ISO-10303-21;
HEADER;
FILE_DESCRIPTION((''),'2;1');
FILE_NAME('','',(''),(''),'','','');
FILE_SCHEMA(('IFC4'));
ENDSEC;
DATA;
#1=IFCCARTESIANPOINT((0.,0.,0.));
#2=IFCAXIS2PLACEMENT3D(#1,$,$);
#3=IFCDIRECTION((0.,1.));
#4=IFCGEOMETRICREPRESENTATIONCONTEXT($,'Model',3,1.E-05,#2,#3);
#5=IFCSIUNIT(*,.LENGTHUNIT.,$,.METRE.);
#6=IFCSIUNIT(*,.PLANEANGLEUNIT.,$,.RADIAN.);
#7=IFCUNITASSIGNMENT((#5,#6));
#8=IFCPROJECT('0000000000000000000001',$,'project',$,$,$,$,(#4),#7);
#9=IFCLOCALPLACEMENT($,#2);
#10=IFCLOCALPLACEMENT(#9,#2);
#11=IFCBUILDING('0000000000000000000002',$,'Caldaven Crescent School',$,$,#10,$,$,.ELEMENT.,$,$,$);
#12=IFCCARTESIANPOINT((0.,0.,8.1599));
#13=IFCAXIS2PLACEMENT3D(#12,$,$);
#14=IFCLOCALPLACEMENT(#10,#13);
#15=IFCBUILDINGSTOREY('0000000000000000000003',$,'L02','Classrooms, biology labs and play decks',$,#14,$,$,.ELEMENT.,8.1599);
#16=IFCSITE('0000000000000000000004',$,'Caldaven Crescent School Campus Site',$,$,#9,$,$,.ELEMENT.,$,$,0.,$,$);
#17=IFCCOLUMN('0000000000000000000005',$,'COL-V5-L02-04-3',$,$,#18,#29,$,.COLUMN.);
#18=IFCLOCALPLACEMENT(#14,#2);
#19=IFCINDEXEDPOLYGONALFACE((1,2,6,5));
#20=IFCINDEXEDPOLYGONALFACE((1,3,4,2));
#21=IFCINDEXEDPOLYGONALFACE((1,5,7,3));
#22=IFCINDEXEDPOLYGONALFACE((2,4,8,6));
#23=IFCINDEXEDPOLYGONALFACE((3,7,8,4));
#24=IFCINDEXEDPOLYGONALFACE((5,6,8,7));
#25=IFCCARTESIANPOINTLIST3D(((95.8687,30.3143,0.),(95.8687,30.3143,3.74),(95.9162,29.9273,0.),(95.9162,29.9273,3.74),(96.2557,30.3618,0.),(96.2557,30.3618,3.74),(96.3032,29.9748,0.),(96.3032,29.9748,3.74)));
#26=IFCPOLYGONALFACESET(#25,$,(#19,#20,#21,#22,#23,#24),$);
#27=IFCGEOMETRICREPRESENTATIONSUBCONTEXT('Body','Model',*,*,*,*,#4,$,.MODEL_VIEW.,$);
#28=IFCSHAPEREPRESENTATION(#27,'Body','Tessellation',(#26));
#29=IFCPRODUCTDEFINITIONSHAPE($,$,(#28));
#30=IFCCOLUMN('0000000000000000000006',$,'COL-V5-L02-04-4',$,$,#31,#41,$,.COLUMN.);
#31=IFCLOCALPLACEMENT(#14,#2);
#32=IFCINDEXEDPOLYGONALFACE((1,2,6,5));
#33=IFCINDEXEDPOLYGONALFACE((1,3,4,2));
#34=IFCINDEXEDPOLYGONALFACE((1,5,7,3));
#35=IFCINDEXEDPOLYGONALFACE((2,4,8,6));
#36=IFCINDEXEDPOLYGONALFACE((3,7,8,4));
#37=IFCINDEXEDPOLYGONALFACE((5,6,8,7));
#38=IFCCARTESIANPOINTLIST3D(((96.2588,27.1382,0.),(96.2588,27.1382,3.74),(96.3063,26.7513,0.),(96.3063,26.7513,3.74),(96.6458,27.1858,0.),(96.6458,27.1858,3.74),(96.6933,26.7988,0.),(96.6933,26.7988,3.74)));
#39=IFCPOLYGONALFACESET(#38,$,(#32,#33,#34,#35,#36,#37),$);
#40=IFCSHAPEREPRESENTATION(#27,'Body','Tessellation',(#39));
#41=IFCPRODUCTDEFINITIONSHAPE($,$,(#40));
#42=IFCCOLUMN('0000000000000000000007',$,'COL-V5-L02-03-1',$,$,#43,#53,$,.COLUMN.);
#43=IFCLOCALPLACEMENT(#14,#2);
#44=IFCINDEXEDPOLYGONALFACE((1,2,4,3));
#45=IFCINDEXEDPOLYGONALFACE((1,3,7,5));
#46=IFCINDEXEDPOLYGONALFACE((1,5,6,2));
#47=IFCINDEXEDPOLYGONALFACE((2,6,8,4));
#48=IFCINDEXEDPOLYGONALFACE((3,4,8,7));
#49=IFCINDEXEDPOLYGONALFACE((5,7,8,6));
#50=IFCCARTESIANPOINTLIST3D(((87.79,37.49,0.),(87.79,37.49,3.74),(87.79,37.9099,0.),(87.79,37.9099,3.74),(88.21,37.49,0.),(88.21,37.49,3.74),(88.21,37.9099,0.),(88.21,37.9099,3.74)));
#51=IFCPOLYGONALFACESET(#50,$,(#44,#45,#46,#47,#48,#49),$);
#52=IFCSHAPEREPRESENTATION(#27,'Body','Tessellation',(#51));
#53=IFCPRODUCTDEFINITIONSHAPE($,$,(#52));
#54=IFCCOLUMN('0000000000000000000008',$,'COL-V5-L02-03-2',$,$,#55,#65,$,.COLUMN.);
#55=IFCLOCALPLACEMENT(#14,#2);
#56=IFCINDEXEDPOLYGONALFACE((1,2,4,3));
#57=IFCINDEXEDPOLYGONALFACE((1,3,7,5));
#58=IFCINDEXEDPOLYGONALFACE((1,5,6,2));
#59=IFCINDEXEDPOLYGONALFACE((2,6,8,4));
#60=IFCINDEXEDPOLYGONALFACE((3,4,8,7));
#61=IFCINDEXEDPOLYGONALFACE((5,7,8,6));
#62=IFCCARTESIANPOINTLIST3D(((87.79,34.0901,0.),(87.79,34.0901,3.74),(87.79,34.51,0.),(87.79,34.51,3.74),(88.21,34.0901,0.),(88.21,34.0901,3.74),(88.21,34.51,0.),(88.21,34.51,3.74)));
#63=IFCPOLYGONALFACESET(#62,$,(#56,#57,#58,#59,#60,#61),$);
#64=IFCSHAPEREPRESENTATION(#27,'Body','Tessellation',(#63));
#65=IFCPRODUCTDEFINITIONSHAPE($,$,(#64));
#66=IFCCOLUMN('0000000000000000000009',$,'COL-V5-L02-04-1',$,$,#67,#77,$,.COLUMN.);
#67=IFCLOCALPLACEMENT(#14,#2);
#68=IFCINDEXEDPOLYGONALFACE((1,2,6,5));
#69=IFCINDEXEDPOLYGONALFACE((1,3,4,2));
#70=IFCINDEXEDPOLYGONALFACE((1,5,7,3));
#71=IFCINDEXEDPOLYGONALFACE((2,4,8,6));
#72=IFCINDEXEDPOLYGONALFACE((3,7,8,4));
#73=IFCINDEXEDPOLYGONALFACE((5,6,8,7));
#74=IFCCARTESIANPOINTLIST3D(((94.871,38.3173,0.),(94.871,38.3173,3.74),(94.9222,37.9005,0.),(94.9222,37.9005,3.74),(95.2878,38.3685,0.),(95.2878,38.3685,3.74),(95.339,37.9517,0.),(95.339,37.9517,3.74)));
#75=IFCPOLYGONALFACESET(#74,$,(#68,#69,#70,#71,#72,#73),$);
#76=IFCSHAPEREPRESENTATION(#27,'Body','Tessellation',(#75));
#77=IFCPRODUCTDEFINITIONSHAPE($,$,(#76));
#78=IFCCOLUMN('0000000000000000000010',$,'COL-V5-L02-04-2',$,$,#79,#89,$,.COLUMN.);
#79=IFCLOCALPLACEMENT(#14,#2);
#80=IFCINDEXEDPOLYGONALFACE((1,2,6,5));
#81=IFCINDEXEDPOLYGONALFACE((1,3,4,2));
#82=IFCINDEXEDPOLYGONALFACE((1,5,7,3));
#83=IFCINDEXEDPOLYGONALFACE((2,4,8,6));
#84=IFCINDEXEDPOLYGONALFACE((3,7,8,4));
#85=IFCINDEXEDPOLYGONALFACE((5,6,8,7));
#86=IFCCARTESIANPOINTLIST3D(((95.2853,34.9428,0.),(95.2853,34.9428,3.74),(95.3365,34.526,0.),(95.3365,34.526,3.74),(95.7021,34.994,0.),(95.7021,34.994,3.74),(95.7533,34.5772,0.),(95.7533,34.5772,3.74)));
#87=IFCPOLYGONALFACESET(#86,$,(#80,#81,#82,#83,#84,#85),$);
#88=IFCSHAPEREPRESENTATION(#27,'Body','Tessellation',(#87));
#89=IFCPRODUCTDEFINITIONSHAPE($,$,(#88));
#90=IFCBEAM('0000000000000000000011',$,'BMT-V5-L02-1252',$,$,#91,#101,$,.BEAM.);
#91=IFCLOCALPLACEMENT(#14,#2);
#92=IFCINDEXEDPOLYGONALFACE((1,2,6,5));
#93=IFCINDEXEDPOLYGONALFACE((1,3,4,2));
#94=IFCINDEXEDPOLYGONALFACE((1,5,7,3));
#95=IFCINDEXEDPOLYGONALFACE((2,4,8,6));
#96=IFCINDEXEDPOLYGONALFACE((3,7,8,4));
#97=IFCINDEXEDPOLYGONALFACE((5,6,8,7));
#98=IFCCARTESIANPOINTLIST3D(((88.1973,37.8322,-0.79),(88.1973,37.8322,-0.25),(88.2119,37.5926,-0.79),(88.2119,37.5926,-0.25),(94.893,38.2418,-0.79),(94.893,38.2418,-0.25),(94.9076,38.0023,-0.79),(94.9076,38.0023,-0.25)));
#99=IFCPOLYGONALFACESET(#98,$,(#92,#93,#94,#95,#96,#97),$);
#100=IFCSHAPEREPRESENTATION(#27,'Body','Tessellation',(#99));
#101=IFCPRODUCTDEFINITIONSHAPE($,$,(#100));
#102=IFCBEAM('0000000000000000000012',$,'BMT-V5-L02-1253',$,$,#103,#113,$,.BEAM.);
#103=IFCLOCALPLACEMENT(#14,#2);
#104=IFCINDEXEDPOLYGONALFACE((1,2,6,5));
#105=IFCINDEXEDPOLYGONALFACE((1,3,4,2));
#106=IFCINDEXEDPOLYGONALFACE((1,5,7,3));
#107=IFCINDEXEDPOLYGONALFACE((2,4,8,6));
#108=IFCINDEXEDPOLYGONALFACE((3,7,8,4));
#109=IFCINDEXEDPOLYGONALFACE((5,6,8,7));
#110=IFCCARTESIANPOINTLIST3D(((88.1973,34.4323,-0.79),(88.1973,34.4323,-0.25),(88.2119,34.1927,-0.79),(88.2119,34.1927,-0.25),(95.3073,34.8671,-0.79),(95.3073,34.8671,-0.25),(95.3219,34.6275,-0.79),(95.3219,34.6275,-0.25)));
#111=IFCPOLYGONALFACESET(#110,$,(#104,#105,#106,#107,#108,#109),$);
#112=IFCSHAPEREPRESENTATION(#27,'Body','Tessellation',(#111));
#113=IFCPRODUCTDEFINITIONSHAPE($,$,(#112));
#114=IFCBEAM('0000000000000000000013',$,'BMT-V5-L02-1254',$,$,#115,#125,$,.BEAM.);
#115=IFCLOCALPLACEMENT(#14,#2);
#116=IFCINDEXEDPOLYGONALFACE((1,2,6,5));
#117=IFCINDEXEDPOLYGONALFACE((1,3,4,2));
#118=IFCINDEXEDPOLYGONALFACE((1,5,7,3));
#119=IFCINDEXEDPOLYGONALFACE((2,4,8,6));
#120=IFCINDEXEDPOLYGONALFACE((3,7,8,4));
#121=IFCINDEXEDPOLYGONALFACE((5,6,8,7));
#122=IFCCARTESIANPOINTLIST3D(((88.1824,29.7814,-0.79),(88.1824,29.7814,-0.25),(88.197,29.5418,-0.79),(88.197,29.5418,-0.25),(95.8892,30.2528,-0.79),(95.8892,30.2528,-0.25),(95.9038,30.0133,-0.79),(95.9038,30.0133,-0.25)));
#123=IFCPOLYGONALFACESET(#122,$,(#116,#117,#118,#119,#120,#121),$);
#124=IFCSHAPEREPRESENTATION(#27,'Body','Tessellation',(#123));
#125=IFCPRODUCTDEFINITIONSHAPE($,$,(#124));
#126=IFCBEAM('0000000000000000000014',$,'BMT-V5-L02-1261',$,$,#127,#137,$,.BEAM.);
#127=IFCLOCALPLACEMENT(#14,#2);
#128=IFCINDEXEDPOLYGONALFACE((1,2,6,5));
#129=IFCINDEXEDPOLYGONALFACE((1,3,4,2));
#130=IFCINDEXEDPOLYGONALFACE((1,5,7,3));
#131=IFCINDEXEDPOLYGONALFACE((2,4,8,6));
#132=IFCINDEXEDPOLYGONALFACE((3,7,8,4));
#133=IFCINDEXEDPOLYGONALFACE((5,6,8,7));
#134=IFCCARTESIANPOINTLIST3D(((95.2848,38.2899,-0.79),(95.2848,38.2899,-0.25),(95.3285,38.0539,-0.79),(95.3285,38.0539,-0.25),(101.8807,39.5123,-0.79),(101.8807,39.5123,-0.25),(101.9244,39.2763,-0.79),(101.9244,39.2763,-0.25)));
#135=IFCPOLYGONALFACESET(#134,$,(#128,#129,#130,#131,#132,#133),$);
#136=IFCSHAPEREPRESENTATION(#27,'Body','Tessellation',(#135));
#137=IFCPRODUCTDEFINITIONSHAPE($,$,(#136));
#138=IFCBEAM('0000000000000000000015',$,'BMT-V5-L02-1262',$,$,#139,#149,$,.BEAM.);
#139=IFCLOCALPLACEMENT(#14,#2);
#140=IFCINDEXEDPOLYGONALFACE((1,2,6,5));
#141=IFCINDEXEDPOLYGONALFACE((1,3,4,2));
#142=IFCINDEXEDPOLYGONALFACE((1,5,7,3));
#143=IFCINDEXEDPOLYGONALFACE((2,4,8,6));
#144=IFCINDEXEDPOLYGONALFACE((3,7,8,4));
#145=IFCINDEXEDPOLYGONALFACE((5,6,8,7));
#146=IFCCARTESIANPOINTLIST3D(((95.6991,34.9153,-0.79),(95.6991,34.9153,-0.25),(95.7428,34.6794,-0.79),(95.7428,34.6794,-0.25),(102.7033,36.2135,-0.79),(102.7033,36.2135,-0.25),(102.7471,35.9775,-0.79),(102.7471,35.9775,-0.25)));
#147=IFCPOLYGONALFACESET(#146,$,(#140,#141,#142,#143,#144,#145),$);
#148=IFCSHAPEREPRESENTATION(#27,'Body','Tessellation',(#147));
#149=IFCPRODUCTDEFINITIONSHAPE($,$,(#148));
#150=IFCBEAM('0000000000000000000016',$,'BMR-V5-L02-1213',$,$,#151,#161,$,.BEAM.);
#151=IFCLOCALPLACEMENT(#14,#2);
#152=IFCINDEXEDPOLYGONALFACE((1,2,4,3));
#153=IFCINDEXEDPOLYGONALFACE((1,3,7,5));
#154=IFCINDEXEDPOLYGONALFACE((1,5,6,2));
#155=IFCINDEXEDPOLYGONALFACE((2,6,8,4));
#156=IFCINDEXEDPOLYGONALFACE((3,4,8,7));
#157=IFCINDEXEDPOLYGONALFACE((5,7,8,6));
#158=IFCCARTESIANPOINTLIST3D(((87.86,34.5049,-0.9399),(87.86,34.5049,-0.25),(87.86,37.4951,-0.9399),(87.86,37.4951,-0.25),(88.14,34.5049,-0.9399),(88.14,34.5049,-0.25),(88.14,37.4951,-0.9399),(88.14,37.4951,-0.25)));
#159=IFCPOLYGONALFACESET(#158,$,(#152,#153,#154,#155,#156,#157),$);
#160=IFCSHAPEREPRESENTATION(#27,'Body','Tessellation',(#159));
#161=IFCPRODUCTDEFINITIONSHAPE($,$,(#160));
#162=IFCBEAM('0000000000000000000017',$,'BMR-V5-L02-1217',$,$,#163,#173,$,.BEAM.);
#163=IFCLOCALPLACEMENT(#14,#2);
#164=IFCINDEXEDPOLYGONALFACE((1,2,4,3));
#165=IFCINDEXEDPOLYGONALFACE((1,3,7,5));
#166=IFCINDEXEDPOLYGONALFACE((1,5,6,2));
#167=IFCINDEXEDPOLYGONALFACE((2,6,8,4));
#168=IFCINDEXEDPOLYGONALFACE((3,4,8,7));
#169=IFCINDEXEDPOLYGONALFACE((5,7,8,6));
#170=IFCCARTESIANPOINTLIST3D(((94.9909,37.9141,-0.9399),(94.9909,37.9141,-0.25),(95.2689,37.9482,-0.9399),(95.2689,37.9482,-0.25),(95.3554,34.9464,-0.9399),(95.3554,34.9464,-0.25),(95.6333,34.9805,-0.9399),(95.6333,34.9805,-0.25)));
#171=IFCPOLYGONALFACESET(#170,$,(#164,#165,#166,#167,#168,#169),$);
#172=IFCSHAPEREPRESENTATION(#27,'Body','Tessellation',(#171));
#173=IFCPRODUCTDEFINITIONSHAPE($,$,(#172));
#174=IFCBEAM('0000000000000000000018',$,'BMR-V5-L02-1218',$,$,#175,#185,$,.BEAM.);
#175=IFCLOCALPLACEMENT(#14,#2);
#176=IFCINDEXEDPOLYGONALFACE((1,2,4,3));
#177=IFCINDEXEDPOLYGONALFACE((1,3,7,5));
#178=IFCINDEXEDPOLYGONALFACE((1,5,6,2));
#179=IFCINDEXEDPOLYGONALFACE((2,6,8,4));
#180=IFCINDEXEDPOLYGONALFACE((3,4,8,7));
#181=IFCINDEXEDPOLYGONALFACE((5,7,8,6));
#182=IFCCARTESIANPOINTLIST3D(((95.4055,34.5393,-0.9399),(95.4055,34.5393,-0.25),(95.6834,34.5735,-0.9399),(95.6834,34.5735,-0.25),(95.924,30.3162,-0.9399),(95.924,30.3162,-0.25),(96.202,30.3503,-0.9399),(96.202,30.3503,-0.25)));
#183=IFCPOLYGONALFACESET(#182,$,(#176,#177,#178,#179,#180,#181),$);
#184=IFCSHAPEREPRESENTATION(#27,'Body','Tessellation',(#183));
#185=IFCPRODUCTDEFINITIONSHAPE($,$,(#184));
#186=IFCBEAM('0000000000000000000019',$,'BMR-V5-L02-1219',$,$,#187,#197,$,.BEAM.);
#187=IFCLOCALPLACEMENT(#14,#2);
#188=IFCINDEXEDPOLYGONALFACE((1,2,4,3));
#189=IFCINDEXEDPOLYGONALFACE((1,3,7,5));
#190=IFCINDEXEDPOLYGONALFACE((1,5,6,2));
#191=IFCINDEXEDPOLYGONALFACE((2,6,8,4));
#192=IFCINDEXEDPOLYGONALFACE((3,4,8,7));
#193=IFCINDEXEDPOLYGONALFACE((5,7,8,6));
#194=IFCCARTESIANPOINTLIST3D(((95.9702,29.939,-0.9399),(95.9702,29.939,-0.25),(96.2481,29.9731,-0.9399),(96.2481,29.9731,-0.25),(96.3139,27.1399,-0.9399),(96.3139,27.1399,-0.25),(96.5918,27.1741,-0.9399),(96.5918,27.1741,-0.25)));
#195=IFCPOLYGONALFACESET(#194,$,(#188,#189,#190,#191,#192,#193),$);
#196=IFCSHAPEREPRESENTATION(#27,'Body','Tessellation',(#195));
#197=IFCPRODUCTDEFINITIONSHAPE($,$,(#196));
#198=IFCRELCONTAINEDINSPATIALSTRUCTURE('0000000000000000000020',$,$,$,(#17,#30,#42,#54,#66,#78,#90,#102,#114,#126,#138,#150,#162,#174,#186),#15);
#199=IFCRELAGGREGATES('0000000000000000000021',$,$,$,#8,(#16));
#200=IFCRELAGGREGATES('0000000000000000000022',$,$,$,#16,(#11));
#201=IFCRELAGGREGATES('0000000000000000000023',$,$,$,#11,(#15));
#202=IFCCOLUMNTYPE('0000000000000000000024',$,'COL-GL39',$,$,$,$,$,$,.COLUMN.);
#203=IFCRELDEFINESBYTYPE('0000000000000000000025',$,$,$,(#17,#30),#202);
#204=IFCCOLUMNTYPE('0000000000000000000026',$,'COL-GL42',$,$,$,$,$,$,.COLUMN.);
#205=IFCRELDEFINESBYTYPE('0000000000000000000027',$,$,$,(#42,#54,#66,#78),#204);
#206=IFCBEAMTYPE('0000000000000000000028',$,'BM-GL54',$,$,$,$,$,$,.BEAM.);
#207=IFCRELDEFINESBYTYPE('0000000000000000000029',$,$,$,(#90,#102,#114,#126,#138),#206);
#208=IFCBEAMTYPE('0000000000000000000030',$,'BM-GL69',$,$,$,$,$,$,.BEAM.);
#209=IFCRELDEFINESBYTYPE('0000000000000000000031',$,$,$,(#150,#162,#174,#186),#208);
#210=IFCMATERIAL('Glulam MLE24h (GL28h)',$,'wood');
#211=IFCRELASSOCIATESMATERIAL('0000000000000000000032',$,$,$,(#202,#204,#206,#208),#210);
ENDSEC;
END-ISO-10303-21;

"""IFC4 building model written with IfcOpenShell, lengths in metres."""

from ifc_helpers import new_model, si_unit, direction, frame, origin, origin_2d, place, context, subcontext, project, spatial, rectangle, extrude, material, material_profile, profile_set, type_object, element, save


model = new_model("IFC4")

# Units and contexts
model_context = context("Model", 3, precision=1e-05, world=origin(), true_north=direction((0.0, 1.0)))
body_context = subcontext(model_context, "Body", "Model", "MODEL_VIEW")
ifc_project = project(units=[si_unit("LENGTHUNIT", "METRE"), si_unit("PLANEANGLEUNIT", "RADIAN")], contexts=[model_context])

# Site, building, storey
site_placement = place(None, origin())
site = spatial("IfcSite", under=ifc_project, at=site_placement, Name="Caldaven Crescent School Campus Site", CompositionType="ELEMENT", RefElevation=0.0)
building_placement = place(site_placement, origin())
building = spatial("IfcBuilding", under=site, at=building_placement, Name="Caldaven Crescent School", CompositionType="ELEMENT")
storey_placement = place(building_placement, frame((0.0, 0.0, 8.1599)))
storey = spatial("IfcBuildingStorey", under=building, at=storey_placement, Name="L02", Description="Classrooms, biology labs and play decks", CompositionType="ELEMENT", Elevation=8.1599)

# Columns
ifc_material_1 = material(Name="Glulam MLE24h (GL28h)", Category="wood")
ifc_material_profile_1 = material_profile(ifc_material_1, rectangle(XDim=0.3899, YDim=0.3899, at=origin_2d()), Name="MLE 390x390")
ifc_profile_set_1 = profile_set([ifc_material_profile_1], Name="Glulam MLE24h (GL28h)")
column_type_1 = type_object("IfcColumnType", Name="COL-GL39", PredefinedType="COLUMN", material=ifc_profile_set_1)
for number, where, z_axis, x_axis, name in (
    (1, (96.0859, 30.1445, 0.0), (0.0, 0.0, 1.0), (0.121869, -0.992546, 0.0), "COL-V5-L02-04-3"),
    (2, (96.4761, 26.9685, 0.0), (0.0, 0.0, 1.0), (0.121869, -0.992546, 0.0), "COL-V5-L02-04-4"),
):
    element("IfcColumn", number, at=place(storey_placement, frame(where, z_axis=z_axis, x_axis=x_axis)), inside=storey, type_object=column_type_1, Name=name, PredefinedType="COLUMN", context=body_context, shape_type="SweptSolid", body=[
        extrude(rectangle(XDim=0.3899, YDim=0.3899, at=origin_2d()), origin(), (0.0, 0.0, 1.0), 3.74),
    ])
ifc_material_profile_2 = material_profile(ifc_material_1, rectangle(XDim=0.4199, YDim=0.4199, at=origin_2d()), Name="MLE 420x420")
ifc_profile_set_2 = profile_set([ifc_material_profile_2], Name="Glulam MLE24h (GL28h)")
column_type_2 = type_object("IfcColumnType", Name="COL-GL42", PredefinedType="COLUMN", material=ifc_profile_set_2)
for number, where, z_axis, x_axis, name in (
    (3, (88.0, 37.7, 0.0), (0.0, 0.0, 1.0), (0.0, -1.0, 0.0), "COL-V5-L02-03-1"),
    (4, (88.0, 34.3, 0.0), (0.0, 0.0, 1.0), (0.0, -1.0, 0.0), "COL-V5-L02-03-2"),
    (5, (95.105, 38.1345, 0.0), (0.0, 0.0, 1.0), (0.121869, -0.992546, 0.0), "COL-V5-L02-04-1"),
    (6, (95.5193, 34.76, 0.0), (0.0, 0.0, 1.0), (0.121869, -0.992546, 0.0), "COL-V5-L02-04-2"),
):
    element("IfcColumn", number, at=place(storey_placement, frame(where, z_axis=z_axis, x_axis=x_axis)), inside=storey, type_object=column_type_2, Name=name, PredefinedType="COLUMN", context=body_context, shape_type="SweptSolid", body=[
        extrude(rectangle(XDim=0.4199, YDim=0.4199, at=origin_2d()), origin(), (0.0, 0.0, 1.0), 3.74),
    ])

# Beams
ifc_material_profile_3 = material_profile(ifc_material_1, rectangle(XDim=0.24, YDim=0.54, at=origin_2d()), Name="MLE 240x540")
ifc_profile_set_3 = profile_set([ifc_material_profile_3], Name="Glulam MLE24h (GL28h)")
beam_type_1 = type_object("IfcBeamType", Name="BM-GL54", PredefinedType="BEAM", material=ifc_profile_set_3)
beam_1_placement = place(storey_placement, frame((88.2046, 37.7124, -0.52), z_axis=(0.998134, 0.061069, 0.0), x_axis=(-0.061069, 0.998134, 0.0)))
element("IfcBeam", 7, at=beam_1_placement, inside=storey, type_object=beam_type_1, Name="BMT-V5-L02-1252", PredefinedType="BEAM", context=body_context, shape_type="SweptSolid", body=[
    extrude(rectangle(XDim=0.24, YDim=0.54, at=origin_2d()), origin(), (0.0, 0.0, 1.0), 6.7083),
])
beam_2_placement = place(storey_placement, frame((88.2046, 34.3125, -0.52), z_axis=(0.998135, 0.06104, 0.0), x_axis=(-0.06104, 0.998135, 0.0)))
element("IfcBeam", 8, at=beam_2_placement, inside=storey, type_object=beam_type_1, Name="BMT-V5-L02-1253", PredefinedType="BEAM", context=body_context, shape_type="SweptSolid", body=[
    extrude(rectangle(XDim=0.24, YDim=0.54, at=origin_2d()), origin(), (0.0, 0.0, 1.0), 7.1233),
])
beam_3_placement = place(storey_placement, frame((88.1897, 29.6616, -0.52), z_axis=(0.998134, 0.061057, 0.0), x_axis=(-0.061057, 0.998134, 0.0)))
element("IfcBeam", 9, at=beam_3_placement, inside=storey, type_object=beam_type_1, Name="BMT-V5-L02-1254", PredefinedType="BEAM", context=body_context, shape_type="SweptSolid", body=[
    extrude(rectangle(XDim=0.24, YDim=0.54, at=origin_2d()), origin(), (0.0, 0.0, 1.0), 7.7212),
])
beam_4_placement = place(storey_placement, frame((95.3066, 38.1719, -0.52), z_axis=(0.983257, 0.182225, 0.0), x_axis=(-0.182225, 0.983257, 0.0)))
element("IfcBeam", 10, at=beam_4_placement, inside=storey, type_object=beam_type_1, Name="BMT-V5-L02-1261", PredefinedType="BEAM", context=body_context, shape_type="SweptSolid", body=[
    extrude(rectangle(XDim=0.24, YDim=0.54, at=origin_2d()), origin(), (0.0, 0.0, 1.0), 6.7083),
])
beam_5_placement = place(storey_placement, frame((95.7209, 34.7974, -0.52), z_axis=(0.983256, 0.182229, 0.0), x_axis=(-0.182229, 0.983256, 0.0)))
element("IfcBeam", 11, at=beam_5_placement, inside=storey, type_object=beam_type_1, Name="BMT-V5-L02-1262", PredefinedType="BEAM", context=body_context, shape_type="SweptSolid", body=[
    extrude(rectangle(XDim=0.24, YDim=0.54, at=origin_2d()), origin(), (0.0, 0.0, 1.0), 7.1235),
])
ifc_material_profile_4 = material_profile(ifc_material_1, rectangle(XDim=0.28, YDim=0.6899, at=origin_2d()), Name="MLE 280x690")
ifc_profile_set_4 = profile_set([ifc_material_profile_4], Name="Glulam MLE24h (GL28h)")
beam_type_2 = type_object("IfcBeamType", Name="BM-GL69", PredefinedType="BEAM", material=ifc_profile_set_4)
beam_6_placement = place(storey_placement, frame((88.0, 37.4951, -0.595), z_axis=(0.0, -1.0, 0.0), x_axis=(1.0, 0.0, 0.0)))
element("IfcBeam", 12, at=beam_6_placement, inside=storey, type_object=beam_type_2, Name="BMR-V5-L02-1213", PredefinedType="BEAM", context=body_context, shape_type="SweptSolid", body=[
    extrude(rectangle(XDim=0.28, YDim=0.6899, at=origin_2d()), origin(), (0.0, 0.0, 1.0), 2.9902),
])
beam_7_placement = place(storey_placement, frame((95.1299, 37.9312, -0.595), z_axis=(0.121904, -0.992542, 0.0), x_axis=(0.992542, 0.121904, 0.0)))
element("IfcBeam", 13, at=beam_7_placement, inside=storey, type_object=beam_type_2, Name="BMR-V5-L02-1217", PredefinedType="BEAM", context=body_context, shape_type="SweptSolid", body=[
    extrude(rectangle(XDim=0.28, YDim=0.6899, at=origin_2d()), origin(), (0.0, 0.0, 1.0), 2.99),
])
beam_8_placement = place(storey_placement, frame((95.5444, 34.5564, -0.595), z_axis=(0.121873, -0.992546, 0.0), x_axis=(0.992546, 0.121873, 0.0)))
element("IfcBeam", 14, at=beam_8_placement, inside=storey, type_object=beam_type_2, Name="BMR-V5-L02-1218", PredefinedType="BEAM", context=body_context, shape_type="SweptSolid", body=[
    extrude(rectangle(XDim=0.28, YDim=0.6899, at=origin_2d()), origin(), (0.0, 0.0, 1.0), 4.2549),
])
beam_9_placement = place(storey_placement, frame((96.1091, 29.9561, -0.595), z_axis=(0.121893, -0.992543, 0.0), x_axis=(0.992543, 0.121893, 0.0)))
element("IfcBeam", 15, at=beam_9_placement, inside=storey, type_object=beam_type_2, Name="BMR-V5-L02-1219", PredefinedType="BEAM", context=body_context, shape_type="SweptSolid", body=[
    extrude(rectangle(XDim=0.28, YDim=0.6899, at=origin_2d()), origin(), (0.0, 0.0, 1.0), 2.8201),
])

save(model, "model.ifc")
